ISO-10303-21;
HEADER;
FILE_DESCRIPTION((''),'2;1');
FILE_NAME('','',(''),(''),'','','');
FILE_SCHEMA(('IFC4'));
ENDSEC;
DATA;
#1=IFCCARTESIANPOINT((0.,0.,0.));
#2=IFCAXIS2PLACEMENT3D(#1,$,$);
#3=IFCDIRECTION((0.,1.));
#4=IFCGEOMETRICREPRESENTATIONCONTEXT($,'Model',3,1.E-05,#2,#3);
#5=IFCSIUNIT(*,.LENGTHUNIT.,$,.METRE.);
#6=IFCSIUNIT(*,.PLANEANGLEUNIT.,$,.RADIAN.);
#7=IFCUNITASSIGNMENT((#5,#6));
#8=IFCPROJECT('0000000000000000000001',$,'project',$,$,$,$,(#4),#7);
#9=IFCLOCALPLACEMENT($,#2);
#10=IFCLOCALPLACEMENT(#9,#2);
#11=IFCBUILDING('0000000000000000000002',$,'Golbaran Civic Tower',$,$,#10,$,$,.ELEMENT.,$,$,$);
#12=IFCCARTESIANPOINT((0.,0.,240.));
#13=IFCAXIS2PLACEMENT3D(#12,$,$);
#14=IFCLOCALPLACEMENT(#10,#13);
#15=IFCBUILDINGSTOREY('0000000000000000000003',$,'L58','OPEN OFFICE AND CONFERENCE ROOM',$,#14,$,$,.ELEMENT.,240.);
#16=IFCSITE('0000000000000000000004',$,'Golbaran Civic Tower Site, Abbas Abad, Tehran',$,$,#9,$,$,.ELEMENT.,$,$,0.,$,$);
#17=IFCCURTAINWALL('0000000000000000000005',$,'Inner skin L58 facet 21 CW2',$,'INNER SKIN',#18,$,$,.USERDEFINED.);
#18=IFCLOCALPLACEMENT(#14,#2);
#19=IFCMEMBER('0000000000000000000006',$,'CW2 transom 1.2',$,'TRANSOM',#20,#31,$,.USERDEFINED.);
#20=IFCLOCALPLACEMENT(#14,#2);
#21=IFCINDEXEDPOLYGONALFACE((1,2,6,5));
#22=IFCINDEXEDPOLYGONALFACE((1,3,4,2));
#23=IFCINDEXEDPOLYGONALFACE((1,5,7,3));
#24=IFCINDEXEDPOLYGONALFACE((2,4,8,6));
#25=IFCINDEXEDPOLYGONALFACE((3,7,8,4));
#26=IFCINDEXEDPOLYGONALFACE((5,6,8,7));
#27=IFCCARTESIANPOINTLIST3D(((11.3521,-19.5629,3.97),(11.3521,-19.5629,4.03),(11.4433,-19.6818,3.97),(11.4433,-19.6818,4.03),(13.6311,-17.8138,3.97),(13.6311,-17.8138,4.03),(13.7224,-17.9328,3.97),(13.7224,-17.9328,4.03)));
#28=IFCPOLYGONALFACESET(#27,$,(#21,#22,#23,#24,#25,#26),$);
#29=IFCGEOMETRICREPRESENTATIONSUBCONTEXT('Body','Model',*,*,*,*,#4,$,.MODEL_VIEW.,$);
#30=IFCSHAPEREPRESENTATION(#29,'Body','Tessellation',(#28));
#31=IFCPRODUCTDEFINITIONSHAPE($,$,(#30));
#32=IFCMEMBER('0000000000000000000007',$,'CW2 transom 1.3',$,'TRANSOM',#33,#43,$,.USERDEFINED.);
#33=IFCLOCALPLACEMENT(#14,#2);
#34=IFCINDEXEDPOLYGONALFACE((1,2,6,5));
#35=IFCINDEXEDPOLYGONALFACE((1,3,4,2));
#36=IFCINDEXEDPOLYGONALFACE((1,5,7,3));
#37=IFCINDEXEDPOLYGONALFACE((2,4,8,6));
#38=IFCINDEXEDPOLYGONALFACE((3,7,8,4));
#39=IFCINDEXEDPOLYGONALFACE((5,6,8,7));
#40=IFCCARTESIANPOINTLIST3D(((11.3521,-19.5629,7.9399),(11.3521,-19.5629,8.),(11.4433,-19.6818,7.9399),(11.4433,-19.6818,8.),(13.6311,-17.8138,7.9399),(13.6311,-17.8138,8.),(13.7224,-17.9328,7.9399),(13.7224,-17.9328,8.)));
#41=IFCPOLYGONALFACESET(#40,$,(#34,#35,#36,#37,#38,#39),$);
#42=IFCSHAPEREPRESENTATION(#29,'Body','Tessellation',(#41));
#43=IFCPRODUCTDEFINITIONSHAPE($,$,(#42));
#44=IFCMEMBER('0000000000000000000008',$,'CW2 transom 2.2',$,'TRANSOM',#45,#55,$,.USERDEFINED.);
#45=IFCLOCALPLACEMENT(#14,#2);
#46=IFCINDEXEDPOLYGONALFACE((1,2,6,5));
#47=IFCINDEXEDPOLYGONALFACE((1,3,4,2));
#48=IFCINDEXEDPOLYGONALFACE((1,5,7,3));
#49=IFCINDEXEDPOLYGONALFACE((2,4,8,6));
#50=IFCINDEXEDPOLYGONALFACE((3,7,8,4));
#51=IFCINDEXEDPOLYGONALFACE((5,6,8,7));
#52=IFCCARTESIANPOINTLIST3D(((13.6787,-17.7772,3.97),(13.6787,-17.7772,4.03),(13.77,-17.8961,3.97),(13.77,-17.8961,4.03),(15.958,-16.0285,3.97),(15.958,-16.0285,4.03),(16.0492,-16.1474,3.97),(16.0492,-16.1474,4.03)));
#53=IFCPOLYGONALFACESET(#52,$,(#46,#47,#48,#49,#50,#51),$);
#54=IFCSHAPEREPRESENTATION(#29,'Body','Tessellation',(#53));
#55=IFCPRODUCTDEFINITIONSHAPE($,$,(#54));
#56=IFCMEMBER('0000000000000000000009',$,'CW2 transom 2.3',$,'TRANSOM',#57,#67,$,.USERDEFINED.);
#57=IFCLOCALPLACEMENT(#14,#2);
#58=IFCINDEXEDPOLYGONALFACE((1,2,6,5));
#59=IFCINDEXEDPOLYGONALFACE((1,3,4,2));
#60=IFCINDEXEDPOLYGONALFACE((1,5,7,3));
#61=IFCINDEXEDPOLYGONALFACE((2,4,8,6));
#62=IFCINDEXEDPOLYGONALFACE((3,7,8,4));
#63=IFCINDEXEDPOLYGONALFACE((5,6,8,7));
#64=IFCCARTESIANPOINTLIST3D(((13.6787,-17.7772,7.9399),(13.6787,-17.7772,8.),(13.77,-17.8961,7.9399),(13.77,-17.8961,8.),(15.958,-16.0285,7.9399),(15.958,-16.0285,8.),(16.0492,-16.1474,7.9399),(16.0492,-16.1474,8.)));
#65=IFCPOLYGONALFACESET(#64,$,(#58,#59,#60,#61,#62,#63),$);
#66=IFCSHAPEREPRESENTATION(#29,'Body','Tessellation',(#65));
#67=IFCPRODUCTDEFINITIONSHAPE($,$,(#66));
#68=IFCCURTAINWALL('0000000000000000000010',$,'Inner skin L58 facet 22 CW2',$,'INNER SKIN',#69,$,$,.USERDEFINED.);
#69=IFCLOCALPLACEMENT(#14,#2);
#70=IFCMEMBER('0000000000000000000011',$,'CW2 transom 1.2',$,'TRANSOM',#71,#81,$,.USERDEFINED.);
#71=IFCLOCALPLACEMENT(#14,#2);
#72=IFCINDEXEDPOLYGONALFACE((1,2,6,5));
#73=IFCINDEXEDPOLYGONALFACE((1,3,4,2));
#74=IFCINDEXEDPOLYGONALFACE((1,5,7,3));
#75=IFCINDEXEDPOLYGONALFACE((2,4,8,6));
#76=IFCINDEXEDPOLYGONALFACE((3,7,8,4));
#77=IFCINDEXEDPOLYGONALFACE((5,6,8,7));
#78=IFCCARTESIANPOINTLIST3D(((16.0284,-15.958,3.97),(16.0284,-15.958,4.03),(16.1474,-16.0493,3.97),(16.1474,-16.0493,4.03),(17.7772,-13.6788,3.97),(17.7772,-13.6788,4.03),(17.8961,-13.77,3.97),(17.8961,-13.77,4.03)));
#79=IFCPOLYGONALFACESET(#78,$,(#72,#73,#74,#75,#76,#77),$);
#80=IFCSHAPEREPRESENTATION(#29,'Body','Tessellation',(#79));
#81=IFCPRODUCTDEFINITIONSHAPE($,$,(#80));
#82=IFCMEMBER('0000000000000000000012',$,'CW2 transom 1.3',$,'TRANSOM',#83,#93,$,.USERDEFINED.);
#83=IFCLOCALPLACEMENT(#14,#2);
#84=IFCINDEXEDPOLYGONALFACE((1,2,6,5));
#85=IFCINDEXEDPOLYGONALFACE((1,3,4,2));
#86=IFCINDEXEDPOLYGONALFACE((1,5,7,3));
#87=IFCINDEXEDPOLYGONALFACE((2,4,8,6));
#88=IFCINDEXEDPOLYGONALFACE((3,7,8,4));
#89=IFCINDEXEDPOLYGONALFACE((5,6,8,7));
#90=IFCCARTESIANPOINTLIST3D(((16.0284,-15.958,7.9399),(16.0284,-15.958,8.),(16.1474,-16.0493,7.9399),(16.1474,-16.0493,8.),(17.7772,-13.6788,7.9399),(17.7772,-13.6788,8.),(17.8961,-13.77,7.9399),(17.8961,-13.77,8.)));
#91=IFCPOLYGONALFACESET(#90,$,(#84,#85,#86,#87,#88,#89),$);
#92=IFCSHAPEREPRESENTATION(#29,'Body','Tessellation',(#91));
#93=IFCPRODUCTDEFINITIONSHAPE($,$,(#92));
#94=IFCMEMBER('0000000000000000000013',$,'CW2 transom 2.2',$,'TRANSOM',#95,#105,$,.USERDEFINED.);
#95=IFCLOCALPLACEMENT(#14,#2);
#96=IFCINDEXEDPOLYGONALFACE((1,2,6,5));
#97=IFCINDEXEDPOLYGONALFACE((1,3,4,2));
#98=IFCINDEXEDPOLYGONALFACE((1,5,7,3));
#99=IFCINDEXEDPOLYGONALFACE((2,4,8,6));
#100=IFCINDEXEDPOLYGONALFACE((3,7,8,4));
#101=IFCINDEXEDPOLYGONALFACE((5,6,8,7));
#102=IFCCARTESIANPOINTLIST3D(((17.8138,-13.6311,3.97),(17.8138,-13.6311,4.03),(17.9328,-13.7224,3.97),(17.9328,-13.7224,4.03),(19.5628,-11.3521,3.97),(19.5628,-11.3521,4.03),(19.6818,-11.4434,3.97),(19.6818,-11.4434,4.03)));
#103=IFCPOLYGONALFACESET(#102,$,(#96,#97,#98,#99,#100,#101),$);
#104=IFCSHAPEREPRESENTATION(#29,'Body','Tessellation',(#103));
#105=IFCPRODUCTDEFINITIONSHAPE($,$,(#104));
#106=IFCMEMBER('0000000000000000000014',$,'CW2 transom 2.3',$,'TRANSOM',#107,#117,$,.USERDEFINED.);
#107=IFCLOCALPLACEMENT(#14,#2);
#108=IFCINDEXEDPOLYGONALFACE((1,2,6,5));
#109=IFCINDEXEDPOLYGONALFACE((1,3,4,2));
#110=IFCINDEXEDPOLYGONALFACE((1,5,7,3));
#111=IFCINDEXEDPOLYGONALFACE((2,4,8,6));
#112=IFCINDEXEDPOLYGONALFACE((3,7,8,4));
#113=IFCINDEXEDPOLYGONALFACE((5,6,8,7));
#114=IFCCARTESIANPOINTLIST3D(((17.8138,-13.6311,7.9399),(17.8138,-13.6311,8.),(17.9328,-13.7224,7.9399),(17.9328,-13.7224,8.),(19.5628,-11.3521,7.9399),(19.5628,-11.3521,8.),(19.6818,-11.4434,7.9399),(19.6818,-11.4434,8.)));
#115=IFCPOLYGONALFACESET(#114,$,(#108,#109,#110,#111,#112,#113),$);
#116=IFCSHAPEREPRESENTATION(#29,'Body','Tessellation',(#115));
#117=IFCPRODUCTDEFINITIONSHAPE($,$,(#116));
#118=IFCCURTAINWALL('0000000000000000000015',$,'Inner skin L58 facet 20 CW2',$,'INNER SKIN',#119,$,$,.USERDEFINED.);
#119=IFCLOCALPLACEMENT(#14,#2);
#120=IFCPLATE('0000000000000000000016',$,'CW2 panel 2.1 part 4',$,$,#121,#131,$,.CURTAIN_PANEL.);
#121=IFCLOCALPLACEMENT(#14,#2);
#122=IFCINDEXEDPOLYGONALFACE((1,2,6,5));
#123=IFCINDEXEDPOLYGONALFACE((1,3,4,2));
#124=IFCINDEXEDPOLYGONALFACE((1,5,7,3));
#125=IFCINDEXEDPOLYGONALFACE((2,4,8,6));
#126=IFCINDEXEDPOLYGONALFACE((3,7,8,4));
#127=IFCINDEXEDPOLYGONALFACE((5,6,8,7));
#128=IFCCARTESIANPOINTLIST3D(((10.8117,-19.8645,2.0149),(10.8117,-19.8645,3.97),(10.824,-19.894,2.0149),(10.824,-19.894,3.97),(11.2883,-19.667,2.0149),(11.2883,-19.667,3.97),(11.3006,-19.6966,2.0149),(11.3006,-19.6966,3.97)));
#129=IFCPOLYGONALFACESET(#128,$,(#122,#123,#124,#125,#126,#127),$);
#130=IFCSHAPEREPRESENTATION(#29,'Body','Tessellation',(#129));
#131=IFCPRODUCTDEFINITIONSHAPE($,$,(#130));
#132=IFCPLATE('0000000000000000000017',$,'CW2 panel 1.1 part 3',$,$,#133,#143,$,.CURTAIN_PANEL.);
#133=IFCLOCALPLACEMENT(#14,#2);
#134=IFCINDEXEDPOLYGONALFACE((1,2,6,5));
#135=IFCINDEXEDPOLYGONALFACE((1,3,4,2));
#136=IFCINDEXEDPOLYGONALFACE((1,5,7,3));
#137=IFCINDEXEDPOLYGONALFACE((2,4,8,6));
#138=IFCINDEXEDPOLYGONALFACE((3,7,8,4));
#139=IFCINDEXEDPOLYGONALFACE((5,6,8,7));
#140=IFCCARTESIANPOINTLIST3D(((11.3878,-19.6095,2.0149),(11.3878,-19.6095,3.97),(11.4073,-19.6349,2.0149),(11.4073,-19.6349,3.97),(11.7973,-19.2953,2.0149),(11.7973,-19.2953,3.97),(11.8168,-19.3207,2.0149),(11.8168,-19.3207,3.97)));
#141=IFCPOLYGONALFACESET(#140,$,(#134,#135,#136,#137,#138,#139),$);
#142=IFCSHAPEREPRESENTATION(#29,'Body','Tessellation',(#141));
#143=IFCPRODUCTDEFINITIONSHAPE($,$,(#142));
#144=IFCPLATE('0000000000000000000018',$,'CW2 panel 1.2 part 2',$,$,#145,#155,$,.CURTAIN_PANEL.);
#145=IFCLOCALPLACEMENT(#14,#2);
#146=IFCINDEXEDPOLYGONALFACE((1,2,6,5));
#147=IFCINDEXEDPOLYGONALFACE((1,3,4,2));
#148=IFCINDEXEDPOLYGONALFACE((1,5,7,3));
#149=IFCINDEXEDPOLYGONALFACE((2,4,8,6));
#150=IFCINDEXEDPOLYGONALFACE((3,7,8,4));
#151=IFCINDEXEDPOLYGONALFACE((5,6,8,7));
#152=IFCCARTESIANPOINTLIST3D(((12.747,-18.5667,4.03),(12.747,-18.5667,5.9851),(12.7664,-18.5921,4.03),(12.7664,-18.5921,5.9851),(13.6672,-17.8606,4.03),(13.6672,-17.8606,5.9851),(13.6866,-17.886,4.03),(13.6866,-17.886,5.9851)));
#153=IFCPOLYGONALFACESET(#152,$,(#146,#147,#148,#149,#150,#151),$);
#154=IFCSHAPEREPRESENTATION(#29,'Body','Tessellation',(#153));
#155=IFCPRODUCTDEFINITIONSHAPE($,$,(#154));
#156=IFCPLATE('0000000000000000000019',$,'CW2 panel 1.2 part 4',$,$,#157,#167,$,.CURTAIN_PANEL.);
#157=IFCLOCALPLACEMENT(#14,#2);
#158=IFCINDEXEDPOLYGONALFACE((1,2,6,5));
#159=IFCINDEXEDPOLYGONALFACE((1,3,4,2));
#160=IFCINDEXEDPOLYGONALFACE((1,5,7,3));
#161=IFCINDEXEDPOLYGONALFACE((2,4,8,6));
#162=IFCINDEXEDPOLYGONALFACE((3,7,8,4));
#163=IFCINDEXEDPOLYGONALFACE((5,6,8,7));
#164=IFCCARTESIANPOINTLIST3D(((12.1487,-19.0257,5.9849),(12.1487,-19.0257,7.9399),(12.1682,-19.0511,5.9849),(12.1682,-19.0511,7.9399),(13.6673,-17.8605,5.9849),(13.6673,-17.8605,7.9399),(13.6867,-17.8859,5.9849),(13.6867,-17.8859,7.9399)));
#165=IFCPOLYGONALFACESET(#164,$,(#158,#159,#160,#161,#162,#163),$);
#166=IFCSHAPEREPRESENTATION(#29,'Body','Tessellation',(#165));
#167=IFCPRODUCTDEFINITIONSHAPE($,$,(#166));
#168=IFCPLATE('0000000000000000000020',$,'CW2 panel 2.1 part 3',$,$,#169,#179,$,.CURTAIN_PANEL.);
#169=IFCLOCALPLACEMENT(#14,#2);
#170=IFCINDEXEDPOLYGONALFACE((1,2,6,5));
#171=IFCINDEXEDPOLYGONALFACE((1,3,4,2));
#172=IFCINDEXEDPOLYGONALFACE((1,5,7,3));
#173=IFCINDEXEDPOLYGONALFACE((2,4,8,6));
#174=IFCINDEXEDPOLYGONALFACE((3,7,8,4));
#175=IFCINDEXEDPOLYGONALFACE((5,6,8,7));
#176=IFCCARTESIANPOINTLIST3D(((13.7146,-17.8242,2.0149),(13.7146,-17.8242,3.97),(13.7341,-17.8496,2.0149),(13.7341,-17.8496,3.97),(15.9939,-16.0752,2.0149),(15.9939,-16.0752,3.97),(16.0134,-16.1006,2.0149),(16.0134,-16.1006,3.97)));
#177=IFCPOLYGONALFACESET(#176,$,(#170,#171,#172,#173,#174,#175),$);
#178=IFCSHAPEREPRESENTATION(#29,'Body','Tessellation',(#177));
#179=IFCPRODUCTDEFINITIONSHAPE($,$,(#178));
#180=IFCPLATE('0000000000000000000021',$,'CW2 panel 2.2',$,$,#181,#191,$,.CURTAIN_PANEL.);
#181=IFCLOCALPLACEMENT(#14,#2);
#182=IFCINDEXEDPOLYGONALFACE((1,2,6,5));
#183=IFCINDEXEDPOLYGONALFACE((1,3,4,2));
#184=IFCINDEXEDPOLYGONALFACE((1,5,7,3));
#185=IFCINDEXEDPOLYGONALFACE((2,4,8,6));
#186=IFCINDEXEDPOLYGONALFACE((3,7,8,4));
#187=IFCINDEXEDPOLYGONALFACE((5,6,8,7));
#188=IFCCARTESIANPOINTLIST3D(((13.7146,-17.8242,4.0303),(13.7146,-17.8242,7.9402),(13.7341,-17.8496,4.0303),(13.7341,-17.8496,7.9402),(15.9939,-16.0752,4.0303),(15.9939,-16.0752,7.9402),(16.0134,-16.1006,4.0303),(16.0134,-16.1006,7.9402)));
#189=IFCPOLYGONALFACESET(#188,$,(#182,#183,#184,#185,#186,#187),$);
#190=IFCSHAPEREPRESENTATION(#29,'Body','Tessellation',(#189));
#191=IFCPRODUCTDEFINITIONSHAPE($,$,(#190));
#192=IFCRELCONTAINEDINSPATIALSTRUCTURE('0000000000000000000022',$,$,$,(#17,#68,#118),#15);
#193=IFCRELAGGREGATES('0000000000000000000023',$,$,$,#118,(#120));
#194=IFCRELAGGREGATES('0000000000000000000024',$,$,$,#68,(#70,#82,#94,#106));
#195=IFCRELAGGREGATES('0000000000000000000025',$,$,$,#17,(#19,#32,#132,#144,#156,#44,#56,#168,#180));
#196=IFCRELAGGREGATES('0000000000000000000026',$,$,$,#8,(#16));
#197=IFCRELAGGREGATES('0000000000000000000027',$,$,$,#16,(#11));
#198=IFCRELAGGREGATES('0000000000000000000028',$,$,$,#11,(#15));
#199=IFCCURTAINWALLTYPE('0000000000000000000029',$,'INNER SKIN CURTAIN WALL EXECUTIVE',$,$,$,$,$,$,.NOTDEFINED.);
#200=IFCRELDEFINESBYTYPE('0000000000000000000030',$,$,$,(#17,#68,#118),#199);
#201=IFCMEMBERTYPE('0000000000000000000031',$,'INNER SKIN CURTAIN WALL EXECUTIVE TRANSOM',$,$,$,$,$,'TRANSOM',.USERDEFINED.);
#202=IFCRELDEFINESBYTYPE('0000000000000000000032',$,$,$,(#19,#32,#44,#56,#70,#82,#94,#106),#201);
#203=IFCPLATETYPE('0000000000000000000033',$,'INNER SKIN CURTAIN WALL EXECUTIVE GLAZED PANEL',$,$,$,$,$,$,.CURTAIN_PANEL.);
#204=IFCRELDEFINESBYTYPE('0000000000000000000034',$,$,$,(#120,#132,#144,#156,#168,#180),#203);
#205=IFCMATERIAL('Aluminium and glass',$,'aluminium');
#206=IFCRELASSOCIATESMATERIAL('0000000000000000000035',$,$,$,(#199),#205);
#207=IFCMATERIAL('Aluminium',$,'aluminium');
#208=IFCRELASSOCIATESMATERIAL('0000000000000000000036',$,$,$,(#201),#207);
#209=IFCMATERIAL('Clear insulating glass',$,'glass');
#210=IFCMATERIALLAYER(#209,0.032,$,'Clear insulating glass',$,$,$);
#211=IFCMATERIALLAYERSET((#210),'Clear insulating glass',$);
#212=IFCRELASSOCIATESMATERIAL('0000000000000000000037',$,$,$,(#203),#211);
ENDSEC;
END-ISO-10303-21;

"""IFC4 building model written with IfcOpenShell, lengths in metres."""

from ifc_helpers import new_model, si_unit, direction, frame, origin, origin_2d, place, context, subcontext, project, spatial, rectangle, extrude, material, layer, layer_set, material_profile, profile_set, type_object, element, aggregate, save


model = new_model("IFC4")

# Units and contexts
model_context = context("Model", 3, precision=1e-05, world=origin(), true_north=direction((0.0, 1.0)))
body_context = subcontext(model_context, "Body", "Model", "MODEL_VIEW")
ifc_project = project(units=[si_unit("LENGTHUNIT", "METRE"), si_unit("PLANEANGLEUNIT", "RADIAN")], contexts=[model_context])

# Site, building, storey
site_placement = place(None, origin())
site = spatial("IfcSite", under=ifc_project, at=site_placement, Name="Golbaran Civic Tower Site, Abbas Abad, Tehran", CompositionType="ELEMENT", RefElevation=0.0)
building_placement = place(site_placement, origin())
building = spatial("IfcBuilding", under=site, at=building_placement, Name="Golbaran Civic Tower", CompositionType="ELEMENT")
storey_placement = place(building_placement, frame((0.0, 0.0, 240.0)))
storey = spatial("IfcBuildingStorey", under=building, at=storey_placement, Name="L58", Description="OPEN OFFICE AND CONFERENCE ROOM", CompositionType="ELEMENT", Elevation=240.0)

# Curtain walls, members
ifc_material_1 = material(Name="Aluminium and glass", Category="aluminium")
curtain_wall_type = type_object("IfcCurtainWallType", Name="INNER SKIN CURTAIN WALL EXECUTIVE", PredefinedType="NOTDEFINED", material=ifc_material_1)
curtain_wall_1_placement = place(storey_placement, origin())
curtain_wall_1 = element("IfcCurtainWall", 1, at=curtain_wall_1_placement, inside=storey, type_object=curtain_wall_type, Name="Inner skin L58 facet 21 CW2", ObjectType="INNER SKIN", PredefinedType="USERDEFINED")
ifc_material_2 = material(Name="Aluminium", Category="aluminium")
ifc_material_profile = material_profile(ifc_material_2, rectangle(XDim=0.1499, YDim=0.0601, at=origin_2d()), Name="INNER SKIN CURTAIN WALL EXECUTIVE TRANSOM")
ifc_profile_set = profile_set([ifc_material_profile], Name="Aluminium")
member_type = type_object("IfcMemberType", Name="INNER SKIN CURTAIN WALL EXECUTIVE TRANSOM", ElementType="TRANSOM", PredefinedType="USERDEFINED", material=ifc_profile_set)
member_1_placement = place(storey_placement, frame((11.3977, -19.6223, 4.0), z_axis=(0.793312, 0.608815, 0.0), x_axis=(-0.608815, 0.793312, 0.0)))
member_1 = element("IfcMember", 2, at=member_1_placement, type_object=member_type, Name="CW2 transom 1.2", ObjectType="TRANSOM", PredefinedType="USERDEFINED", context=body_context, shape_type="SweptSolid", body=[
    extrude(rectangle(XDim=0.1499, YDim=0.0601, at=origin_2d()), origin(), (0.0, 0.0, 1.0), 2.8728),
])
member_2_placement = place(storey_placement, frame((11.3977, -19.6223, 7.97), z_axis=(0.793312, 0.608815, 0.0), x_axis=(-0.608815, 0.793312, 0.0)))
member_2 = element("IfcMember", 3, at=member_2_placement, type_object=member_type, Name="CW2 transom 1.3", ObjectType="TRANSOM", PredefinedType="USERDEFINED", context=body_context, shape_type="SweptSolid", body=[
    extrude(rectangle(XDim=0.1499, YDim=0.0601, at=origin_2d()), origin(), (0.0, 0.0, 1.0), 2.8728),
])
member_3_placement = place(storey_placement, frame((13.7244, -17.8367, 4.0), z_axis=(0.793385, 0.608721, 0.0), x_axis=(-0.608721, 0.793385, 0.0)))
member_3 = element("IfcMember", 4, at=member_3_placement, type_object=member_type, Name="CW2 transom 2.2", ObjectType="TRANSOM", PredefinedType="USERDEFINED", context=body_context, shape_type="SweptSolid", body=[
    extrude(rectangle(XDim=0.1499, YDim=0.0601, at=origin_2d()), origin(), (0.0, 0.0, 1.0), 2.8728),
])
member_4_placement = place(storey_placement, frame((13.7244, -17.8367, 7.97), z_axis=(0.793385, 0.608721, 0.0), x_axis=(-0.608721, 0.793385, 0.0)))
member_4 = element("IfcMember", 5, at=member_4_placement, type_object=member_type, Name="CW2 transom 2.3", ObjectType="TRANSOM", PredefinedType="USERDEFINED", context=body_context, shape_type="SweptSolid", body=[
    extrude(rectangle(XDim=0.1499, YDim=0.0601, at=origin_2d()), origin(), (0.0, 0.0, 1.0), 2.8728),
])
curtain_wall_2_placement = place(storey_placement, origin())
curtain_wall_2 = element("IfcCurtainWall", 6, at=curtain_wall_2_placement, inside=storey, type_object=curtain_wall_type, Name="Inner skin L58 facet 22 CW2", ObjectType="INNER SKIN", PredefinedType="USERDEFINED")
member_5_placement = place(storey_placement, frame((16.0879, -16.0037, 4.0), z_axis=(0.608721, 0.793385, 0.0), x_axis=(-0.793385, 0.608721, 0.0)))
member_5 = element("IfcMember", 7, at=member_5_placement, type_object=member_type, Name="CW2 transom 1.2", ObjectType="TRANSOM", PredefinedType="USERDEFINED", context=body_context, shape_type="SweptSolid", body=[
    extrude(rectangle(XDim=0.1499, YDim=0.0601, at=origin_2d()), origin(), (0.0, 0.0, 1.0), 2.8728),
])
member_6_placement = place(storey_placement, frame((16.0879, -16.0037, 7.97), z_axis=(0.608721, 0.793385, 0.0), x_axis=(-0.793385, 0.608721, 0.0)))
member_6 = element("IfcMember", 8, at=member_6_placement, type_object=member_type, Name="CW2 transom 1.3", ObjectType="TRANSOM", PredefinedType="USERDEFINED", context=body_context, shape_type="SweptSolid", body=[
    extrude(rectangle(XDim=0.1499, YDim=0.0601, at=origin_2d()), origin(), (0.0, 0.0, 1.0), 2.8728),
])
member_7_placement = place(storey_placement, frame((17.8733, -13.6768, 4.0), z_axis=(0.608815, 0.793312, 0.0), x_axis=(-0.793312, 0.608815, 0.0)))
member_7 = element("IfcMember", 9, at=member_7_placement, type_object=member_type, Name="CW2 transom 2.2", ObjectType="TRANSOM", PredefinedType="USERDEFINED", context=body_context, shape_type="SweptSolid", body=[
    extrude(rectangle(XDim=0.1499, YDim=0.0601, at=origin_2d()), origin(), (0.0, 0.0, 1.0), 2.8728),
])
member_8_placement = place(storey_placement, frame((17.8733, -13.6768, 7.97), z_axis=(0.608815, 0.793312, 0.0), x_axis=(-0.793312, 0.608815, 0.0)))
member_8 = element("IfcMember", 10, at=member_8_placement, type_object=member_type, Name="CW2 transom 2.3", ObjectType="TRANSOM", PredefinedType="USERDEFINED", context=body_context, shape_type="SweptSolid", body=[
    extrude(rectangle(XDim=0.1499, YDim=0.0601, at=origin_2d()), origin(), (0.0, 0.0, 1.0), 2.8728),
])

# Curtain wall, plate
curtain_wall_3_placement = place(storey_placement, origin())
curtain_wall_3 = element("IfcCurtainWall", 11, at=curtain_wall_3_placement, inside=storey, type_object=curtain_wall_type, Name="Inner skin L58 facet 20 CW2", ObjectType="INNER SKIN", PredefinedType="USERDEFINED")
ifc_material_3 = material(Name="Clear insulating glass", Category="glass")
ifc_layer_1 = layer(ifc_material_3, 0.032, Name="Clear insulating glass")
ifc_layer_set_1 = layer_set([ifc_layer_1], Name="Clear insulating glass")
plate_type_1 = type_object("IfcPlateType", Name="INNER SKIN CURTAIN WALL EXECUTIVE GLAZED PANEL", PredefinedType="CURTAIN_PANEL", material=ifc_layer_set_1)
plate_1_placement = place(storey_placement, frame((11.0562, -19.7805, 2.0149), z_axis=(0.0, 0.0, 1.0), x_axis=(0.92388, 0.382683, 0.0)))
plate_1 = element("IfcPlate", 12, at=plate_1_placement, type_object=plate_type_1, Name="CW2 panel 2.1 part 4", PredefinedType="CURTAIN_PANEL", context=body_context, shape_type="SweptSolid", body=[
    extrude(rectangle(XDim=0.5159, YDim=0.032, at=origin_2d()), origin(), (0.0, 0.0, 1.0), 1.9551),
])
aggregate(curtain_wall_3, [plate_1])

# Plates
plate_2_placement = place(storey_placement, frame((11.6023, -19.4651, 2.0149), z_axis=(0.0, 0.0, 1.0), x_axis=(0.793353, 0.608761, 0.0)))
plate_2 = element("IfcPlate", 13, at=plate_2_placement, type_object=plate_type_1, Name="CW2 panel 1.1 part 3", PredefinedType="CURTAIN_PANEL", context=body_context, shape_type="SweptSolid", body=[
    extrude(rectangle(XDim=0.5161, YDim=0.032, at=origin_2d()), origin(), (0.0, 0.0, 1.0), 1.9551),
])
plate_3_placement = place(storey_placement, frame((13.2168, -18.2263, 4.03), z_axis=(0.0, 0.0, 1.0), x_axis=(0.793353, 0.608761, 0.0)))
plate_3 = element("IfcPlate", 14, at=plate_3_placement, type_object=plate_type_1, Name="CW2 panel 1.2 part 2", PredefinedType="CURTAIN_PANEL", context=body_context, shape_type="SweptSolid", body=[
    extrude(rectangle(XDim=1.1599, YDim=0.032, at=origin_2d()), origin(), (0.0, 0.0, 1.0), 1.9551),
])
plate_4_placement = place(storey_placement, frame((12.9177, -18.4558, 5.9849), z_axis=(0.0, 0.0, 1.0), x_axis=(0.793353, 0.608761, 0.0)))
plate_4 = element("IfcPlate", 15, at=plate_4_placement, type_object=plate_type_1, Name="CW2 panel 1.2 part 4", PredefinedType="CURTAIN_PANEL", context=body_context, shape_type="SweptSolid", body=[
    extrude(rectangle(XDim=1.9141, YDim=0.032, at=origin_2d()), origin(), (0.0, 0.0, 1.0), 1.9551),
])
plate_5_placement = place(storey_placement, frame((14.864, -16.9624, 2.0149), z_axis=(0.0, 0.0, 1.0), x_axis=(0.793353, 0.608761, 0.0)))
plate_5 = element("IfcPlate", 16, at=plate_5_placement, type_object=plate_type_1, Name="CW2 panel 2.1 part 3", PredefinedType="CURTAIN_PANEL", context=body_context, shape_type="SweptSolid", body=[
    extrude(rectangle(XDim=2.873, YDim=0.032, at=origin_2d()), origin(), (0.0, 0.0, 1.0), 1.9551),
])
plate_6_placement = place(storey_placement, frame((14.864, -16.9624, 4.0303), z_axis=(0.0, 0.0, 1.0), x_axis=(0.793353, 0.608761, 0.0)))
plate_6 = element("IfcPlate", 17, at=plate_6_placement, type_object=plate_type_1, Name="CW2 panel 2.2", PredefinedType="CURTAIN_PANEL", context=body_context, shape_type="SweptSolid", body=[
    extrude(rectangle(XDim=2.873, YDim=0.032, at=origin_2d()), origin(), (0.0, 0.0, 1.0), 3.9099),
])
aggregate(curtain_wall_2, [member_5, member_6, member_7, member_8])
aggregate(curtain_wall_1, [member_1, member_2, plate_2, plate_3, plate_4, member_3, member_4, plate_5, plate_6])

save(model, "model.ifc")
